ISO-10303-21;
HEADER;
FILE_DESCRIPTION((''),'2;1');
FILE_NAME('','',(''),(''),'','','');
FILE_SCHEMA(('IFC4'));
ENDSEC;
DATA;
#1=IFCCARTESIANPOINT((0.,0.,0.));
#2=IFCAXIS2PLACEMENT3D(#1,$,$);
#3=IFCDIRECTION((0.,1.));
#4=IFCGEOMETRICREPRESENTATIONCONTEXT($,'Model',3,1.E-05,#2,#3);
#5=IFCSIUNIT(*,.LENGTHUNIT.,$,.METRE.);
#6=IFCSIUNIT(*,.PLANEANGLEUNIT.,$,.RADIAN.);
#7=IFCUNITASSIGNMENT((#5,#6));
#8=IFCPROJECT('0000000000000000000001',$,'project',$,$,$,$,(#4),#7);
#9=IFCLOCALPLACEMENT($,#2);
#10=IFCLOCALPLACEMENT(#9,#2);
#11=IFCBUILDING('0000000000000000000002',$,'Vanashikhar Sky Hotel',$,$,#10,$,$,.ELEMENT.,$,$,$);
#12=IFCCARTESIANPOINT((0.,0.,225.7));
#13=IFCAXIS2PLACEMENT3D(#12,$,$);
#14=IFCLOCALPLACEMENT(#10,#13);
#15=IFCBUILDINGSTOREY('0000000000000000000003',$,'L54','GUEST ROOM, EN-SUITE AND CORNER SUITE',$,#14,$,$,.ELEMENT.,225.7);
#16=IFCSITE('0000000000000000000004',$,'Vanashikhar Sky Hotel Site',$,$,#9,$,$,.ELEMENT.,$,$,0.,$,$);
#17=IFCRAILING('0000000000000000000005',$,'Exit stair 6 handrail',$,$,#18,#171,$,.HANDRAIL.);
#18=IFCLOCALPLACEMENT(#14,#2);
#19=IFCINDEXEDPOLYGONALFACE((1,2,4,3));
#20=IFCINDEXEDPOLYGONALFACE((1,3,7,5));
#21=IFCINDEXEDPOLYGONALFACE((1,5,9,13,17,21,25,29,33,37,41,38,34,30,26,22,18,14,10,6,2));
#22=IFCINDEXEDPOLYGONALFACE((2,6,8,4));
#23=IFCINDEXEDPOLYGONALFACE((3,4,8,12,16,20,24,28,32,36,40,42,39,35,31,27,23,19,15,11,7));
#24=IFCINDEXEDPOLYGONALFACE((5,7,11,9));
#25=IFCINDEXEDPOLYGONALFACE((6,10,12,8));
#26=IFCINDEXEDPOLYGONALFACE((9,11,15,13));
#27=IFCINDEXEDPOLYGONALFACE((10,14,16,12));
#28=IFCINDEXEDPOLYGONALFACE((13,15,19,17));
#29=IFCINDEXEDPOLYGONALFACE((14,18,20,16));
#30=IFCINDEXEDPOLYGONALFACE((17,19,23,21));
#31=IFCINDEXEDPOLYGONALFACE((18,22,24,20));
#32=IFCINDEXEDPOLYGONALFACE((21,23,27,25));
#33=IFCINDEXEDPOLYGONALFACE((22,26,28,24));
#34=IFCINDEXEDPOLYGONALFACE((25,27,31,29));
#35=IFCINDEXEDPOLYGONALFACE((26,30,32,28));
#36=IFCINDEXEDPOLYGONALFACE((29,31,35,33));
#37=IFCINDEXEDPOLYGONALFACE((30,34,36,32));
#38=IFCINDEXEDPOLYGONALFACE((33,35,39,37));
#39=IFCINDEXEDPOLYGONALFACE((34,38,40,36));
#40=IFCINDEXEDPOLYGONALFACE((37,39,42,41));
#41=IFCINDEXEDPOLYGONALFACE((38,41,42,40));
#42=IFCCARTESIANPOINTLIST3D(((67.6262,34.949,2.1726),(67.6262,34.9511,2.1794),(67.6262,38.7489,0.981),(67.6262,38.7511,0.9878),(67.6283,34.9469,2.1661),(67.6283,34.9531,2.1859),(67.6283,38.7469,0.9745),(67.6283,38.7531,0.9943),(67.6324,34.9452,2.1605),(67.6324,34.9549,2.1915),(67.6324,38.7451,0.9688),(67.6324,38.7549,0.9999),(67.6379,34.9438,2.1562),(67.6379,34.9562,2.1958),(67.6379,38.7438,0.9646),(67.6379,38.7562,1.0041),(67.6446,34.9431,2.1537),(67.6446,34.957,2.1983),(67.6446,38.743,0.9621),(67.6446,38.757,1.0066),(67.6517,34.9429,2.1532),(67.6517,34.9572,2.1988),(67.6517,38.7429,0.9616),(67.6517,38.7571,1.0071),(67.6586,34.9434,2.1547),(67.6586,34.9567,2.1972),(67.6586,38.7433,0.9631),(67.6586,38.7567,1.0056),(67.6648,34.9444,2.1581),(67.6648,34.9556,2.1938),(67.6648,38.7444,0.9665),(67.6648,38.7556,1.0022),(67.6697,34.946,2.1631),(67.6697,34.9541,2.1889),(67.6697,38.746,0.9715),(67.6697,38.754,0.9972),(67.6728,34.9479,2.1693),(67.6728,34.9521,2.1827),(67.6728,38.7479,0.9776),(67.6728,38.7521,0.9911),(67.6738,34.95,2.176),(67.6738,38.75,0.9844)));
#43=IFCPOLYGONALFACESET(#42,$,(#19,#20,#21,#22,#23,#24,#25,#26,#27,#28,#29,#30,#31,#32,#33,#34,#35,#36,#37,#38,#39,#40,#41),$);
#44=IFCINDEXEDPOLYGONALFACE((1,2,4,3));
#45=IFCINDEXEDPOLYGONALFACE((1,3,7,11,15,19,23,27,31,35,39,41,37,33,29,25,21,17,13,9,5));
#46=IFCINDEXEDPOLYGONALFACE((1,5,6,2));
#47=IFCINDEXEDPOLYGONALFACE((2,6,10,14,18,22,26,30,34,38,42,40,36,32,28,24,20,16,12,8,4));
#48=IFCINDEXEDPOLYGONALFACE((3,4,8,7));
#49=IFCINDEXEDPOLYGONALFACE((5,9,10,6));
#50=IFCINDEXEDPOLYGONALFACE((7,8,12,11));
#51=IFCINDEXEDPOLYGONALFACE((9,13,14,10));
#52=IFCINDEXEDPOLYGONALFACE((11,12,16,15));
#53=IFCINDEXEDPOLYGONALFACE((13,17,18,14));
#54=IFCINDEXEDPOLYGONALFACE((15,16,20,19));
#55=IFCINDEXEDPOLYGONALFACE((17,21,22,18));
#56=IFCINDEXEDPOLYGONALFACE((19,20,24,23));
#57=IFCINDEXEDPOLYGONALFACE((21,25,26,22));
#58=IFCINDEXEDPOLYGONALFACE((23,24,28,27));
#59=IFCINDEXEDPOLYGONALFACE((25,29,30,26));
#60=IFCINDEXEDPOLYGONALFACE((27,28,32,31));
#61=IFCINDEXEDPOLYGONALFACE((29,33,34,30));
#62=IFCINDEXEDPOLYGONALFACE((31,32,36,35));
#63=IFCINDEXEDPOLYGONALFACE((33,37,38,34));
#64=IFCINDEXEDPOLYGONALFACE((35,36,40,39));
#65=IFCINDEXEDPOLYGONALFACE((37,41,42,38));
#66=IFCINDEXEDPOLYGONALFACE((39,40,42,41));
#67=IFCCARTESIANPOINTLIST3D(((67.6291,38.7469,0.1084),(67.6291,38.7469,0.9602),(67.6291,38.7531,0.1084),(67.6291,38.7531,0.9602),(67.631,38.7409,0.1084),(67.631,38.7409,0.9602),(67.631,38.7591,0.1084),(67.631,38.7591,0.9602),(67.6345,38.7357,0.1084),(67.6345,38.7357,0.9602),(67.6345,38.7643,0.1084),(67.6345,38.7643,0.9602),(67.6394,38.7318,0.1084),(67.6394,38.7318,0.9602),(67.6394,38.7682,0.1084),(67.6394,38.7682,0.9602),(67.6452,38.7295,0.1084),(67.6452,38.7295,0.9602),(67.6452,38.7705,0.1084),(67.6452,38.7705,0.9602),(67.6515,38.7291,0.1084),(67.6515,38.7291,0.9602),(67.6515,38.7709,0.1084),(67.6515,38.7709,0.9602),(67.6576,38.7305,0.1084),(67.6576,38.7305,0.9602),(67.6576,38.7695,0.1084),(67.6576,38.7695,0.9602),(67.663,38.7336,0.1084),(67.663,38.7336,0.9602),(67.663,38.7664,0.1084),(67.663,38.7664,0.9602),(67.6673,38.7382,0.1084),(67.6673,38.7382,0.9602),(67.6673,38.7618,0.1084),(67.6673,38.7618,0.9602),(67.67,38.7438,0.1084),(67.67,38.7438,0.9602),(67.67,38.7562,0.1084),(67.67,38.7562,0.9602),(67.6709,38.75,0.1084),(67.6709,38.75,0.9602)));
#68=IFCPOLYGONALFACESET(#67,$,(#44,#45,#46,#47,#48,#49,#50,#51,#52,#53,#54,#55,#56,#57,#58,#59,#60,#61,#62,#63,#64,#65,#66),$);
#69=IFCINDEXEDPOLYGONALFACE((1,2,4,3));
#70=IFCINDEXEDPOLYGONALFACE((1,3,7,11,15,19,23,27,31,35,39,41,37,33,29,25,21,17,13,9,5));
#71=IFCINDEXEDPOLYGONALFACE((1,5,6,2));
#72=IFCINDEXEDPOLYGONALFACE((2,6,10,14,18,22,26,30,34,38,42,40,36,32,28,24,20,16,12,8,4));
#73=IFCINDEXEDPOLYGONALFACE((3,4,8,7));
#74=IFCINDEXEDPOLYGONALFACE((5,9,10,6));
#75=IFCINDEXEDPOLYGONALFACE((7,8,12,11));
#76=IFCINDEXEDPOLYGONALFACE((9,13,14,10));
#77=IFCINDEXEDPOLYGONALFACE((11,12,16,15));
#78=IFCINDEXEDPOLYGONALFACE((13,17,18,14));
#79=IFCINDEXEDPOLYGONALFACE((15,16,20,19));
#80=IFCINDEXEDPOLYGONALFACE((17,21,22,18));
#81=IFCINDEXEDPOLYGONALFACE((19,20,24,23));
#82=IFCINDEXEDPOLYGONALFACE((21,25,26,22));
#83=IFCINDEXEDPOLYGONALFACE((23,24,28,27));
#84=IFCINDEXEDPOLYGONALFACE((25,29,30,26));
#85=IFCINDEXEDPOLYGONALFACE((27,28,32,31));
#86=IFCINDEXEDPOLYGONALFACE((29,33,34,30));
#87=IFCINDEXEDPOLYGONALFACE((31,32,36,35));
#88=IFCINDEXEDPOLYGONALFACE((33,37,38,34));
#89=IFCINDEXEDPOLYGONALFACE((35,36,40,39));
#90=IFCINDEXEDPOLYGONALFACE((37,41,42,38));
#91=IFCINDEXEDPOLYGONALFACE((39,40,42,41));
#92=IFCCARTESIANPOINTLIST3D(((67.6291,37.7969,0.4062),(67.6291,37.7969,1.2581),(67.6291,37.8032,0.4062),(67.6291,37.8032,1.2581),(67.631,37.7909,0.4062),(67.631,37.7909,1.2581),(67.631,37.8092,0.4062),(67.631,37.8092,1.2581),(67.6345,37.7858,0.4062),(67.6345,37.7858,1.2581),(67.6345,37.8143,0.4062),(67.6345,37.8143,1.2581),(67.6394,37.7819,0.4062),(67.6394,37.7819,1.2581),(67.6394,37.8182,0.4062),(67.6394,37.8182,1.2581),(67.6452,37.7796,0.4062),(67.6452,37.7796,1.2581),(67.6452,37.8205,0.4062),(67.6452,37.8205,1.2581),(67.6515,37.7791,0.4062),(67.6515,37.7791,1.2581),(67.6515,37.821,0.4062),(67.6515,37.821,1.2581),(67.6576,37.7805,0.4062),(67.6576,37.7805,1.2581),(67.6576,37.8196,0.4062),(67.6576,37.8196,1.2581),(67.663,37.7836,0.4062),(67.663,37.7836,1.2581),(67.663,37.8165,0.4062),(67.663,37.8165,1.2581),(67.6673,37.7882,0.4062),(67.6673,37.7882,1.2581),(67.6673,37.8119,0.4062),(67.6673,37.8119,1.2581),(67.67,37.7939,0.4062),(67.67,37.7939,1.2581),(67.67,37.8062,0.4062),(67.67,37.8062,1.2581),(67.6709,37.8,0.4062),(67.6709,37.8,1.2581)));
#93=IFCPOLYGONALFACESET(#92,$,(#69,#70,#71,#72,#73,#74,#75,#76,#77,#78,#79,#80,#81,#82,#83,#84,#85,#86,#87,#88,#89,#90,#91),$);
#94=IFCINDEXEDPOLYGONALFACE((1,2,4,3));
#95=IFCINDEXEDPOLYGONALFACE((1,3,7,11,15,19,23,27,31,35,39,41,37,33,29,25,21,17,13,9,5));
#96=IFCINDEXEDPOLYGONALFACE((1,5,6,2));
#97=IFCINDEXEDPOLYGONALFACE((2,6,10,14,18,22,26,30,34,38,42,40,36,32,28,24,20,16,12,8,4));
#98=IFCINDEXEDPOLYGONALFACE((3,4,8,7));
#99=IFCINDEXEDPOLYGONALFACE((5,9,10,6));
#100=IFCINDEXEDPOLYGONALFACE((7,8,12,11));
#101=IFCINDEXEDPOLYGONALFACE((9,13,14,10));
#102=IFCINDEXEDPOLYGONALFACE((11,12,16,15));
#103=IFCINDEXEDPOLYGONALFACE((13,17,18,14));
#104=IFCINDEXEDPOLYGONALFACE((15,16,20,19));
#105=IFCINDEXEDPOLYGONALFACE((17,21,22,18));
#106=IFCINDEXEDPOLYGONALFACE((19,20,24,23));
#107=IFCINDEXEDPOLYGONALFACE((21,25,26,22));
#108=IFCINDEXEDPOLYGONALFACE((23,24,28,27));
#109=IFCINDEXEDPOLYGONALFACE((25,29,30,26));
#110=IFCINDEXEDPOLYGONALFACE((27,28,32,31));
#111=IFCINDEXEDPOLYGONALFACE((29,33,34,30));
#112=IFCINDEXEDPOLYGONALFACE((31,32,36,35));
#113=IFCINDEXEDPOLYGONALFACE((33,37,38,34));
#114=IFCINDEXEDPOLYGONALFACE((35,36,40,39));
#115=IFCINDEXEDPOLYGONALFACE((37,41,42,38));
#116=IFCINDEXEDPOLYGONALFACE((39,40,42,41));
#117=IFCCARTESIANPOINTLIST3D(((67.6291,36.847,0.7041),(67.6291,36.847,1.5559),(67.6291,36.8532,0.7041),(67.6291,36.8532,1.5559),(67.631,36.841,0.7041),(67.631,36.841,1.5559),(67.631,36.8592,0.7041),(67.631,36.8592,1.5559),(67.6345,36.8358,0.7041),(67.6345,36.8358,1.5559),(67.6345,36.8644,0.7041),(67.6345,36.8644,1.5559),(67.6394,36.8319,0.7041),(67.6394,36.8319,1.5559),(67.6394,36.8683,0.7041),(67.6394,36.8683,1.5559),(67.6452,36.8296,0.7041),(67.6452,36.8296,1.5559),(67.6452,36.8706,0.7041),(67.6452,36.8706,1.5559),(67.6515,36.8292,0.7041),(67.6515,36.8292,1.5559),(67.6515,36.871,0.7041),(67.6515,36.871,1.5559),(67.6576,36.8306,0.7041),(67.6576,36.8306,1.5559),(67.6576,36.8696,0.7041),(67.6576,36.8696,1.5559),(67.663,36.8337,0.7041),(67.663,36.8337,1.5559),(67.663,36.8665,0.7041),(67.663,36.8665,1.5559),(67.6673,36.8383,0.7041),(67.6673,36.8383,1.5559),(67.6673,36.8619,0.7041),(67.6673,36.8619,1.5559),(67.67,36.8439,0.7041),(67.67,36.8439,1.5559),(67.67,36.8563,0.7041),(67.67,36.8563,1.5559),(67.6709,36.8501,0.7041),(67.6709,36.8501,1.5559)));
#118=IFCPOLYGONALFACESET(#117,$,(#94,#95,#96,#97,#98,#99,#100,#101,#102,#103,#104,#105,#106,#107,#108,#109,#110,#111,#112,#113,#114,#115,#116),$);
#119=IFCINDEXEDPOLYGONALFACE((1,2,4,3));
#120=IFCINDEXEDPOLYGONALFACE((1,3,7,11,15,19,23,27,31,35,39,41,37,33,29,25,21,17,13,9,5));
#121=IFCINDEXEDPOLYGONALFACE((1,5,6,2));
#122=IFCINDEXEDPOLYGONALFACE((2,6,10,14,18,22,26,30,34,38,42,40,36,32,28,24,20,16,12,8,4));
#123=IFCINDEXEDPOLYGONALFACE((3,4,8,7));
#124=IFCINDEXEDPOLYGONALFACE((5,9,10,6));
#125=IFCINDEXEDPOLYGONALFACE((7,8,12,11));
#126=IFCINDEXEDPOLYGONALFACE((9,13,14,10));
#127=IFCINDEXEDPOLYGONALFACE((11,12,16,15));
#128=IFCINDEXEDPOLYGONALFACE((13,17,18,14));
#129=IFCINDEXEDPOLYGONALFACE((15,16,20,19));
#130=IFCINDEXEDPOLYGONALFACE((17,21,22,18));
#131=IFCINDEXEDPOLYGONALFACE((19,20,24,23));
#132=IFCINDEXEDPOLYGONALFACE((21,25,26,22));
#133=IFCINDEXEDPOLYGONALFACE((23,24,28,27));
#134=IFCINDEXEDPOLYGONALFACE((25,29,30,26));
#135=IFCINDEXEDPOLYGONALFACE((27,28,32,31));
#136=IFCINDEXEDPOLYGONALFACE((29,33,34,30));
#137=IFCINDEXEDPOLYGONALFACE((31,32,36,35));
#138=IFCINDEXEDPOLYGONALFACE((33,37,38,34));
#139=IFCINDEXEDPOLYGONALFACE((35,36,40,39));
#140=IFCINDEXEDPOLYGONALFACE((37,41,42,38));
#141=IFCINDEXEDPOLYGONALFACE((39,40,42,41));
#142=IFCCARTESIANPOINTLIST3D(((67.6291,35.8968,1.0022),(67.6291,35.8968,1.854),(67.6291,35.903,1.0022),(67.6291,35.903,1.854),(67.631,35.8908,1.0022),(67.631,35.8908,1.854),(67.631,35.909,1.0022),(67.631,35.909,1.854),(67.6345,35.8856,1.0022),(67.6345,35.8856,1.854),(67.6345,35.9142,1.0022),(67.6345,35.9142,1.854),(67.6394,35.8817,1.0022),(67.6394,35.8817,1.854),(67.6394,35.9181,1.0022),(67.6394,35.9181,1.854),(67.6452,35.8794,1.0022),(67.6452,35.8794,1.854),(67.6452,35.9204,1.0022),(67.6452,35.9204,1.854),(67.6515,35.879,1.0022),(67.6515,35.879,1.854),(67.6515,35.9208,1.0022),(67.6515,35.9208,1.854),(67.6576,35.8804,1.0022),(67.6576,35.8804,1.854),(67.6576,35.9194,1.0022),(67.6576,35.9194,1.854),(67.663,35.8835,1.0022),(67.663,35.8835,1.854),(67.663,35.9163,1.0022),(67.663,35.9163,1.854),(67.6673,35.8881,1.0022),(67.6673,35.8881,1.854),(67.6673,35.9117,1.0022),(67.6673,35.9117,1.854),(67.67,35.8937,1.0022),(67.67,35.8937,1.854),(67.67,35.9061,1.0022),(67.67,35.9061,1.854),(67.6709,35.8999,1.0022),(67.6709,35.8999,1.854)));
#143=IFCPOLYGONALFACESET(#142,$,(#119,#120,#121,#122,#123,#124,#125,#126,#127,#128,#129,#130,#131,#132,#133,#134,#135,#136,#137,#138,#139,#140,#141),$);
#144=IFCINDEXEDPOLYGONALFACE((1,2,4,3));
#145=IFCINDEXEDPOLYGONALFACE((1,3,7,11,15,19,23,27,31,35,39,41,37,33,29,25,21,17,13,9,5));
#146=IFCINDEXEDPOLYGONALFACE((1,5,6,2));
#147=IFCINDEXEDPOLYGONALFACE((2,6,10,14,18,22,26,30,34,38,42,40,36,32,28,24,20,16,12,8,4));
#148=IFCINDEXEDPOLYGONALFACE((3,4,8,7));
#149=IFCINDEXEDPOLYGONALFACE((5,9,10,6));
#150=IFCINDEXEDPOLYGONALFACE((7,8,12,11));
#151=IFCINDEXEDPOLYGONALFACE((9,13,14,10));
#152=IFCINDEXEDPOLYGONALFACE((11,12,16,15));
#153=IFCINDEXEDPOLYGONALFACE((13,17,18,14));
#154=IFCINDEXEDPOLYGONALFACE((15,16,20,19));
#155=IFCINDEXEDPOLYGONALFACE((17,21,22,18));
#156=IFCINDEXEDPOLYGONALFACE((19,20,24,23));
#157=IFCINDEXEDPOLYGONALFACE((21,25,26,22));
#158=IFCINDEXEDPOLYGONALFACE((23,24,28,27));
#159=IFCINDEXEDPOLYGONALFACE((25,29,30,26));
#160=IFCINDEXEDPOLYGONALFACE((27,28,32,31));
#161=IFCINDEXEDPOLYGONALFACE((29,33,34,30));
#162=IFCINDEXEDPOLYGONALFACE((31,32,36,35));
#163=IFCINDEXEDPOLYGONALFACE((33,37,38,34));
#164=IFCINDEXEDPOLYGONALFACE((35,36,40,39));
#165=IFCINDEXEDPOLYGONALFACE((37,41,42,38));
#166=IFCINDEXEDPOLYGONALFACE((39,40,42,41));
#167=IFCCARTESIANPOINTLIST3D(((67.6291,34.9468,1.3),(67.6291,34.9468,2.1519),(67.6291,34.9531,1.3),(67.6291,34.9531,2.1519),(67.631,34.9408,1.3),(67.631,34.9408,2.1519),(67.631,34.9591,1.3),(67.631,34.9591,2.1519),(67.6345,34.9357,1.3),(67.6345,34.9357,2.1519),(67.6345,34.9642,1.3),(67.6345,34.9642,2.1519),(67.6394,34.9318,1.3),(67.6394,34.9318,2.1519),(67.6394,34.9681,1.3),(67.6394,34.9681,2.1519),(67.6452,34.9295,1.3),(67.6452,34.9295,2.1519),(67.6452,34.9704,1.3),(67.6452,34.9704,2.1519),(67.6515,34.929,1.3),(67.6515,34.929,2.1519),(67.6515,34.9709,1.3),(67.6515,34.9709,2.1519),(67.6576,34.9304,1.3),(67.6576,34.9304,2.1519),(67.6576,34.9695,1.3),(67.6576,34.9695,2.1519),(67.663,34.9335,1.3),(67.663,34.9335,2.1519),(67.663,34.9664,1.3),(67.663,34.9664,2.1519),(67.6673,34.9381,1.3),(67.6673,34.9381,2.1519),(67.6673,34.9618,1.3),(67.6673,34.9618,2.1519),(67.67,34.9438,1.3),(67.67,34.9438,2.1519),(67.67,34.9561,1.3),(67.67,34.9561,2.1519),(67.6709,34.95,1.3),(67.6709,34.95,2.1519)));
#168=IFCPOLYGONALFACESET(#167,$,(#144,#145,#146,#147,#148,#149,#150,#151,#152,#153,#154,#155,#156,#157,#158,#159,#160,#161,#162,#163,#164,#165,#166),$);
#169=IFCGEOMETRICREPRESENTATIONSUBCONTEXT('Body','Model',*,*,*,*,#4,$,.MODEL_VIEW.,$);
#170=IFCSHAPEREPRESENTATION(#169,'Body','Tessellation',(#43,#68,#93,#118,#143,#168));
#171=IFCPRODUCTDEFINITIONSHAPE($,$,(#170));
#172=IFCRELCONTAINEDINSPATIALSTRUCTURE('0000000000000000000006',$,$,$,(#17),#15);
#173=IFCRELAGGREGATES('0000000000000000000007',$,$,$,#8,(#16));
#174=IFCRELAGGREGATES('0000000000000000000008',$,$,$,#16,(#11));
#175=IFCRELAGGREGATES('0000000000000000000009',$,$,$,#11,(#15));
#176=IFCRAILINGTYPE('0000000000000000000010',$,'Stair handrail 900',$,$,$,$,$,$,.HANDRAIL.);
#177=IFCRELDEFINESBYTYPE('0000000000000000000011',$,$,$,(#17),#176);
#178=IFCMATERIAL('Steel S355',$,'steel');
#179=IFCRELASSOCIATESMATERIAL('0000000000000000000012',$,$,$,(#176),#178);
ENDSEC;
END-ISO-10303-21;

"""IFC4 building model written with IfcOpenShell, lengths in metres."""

from ifc_helpers import new_model, si_unit, direction, frame, origin, origin_2d, place, context, subcontext, project, spatial, circle, extrude, source, transform, mapped, material, type_object, element, save


model = new_model("IFC4")

# Units and contexts
model_context = context("Model", 3, precision=1e-05, world=origin(), true_north=direction((0.0, 1.0)))
body_context = subcontext(model_context, "Body", "Model", "MODEL_VIEW")
ifc_project = project(units=[si_unit("LENGTHUNIT", "METRE"), si_unit("PLANEANGLEUNIT", "RADIAN")], contexts=[model_context])

# Site, building, storey
site_placement = place(None, origin())
site = spatial("IfcSite", under=ifc_project, at=site_placement, Name="Vanashikhar Sky Hotel Site", CompositionType="ELEMENT", RefElevation=0.0)
building_placement = place(site_placement, origin())
building = spatial("IfcBuilding", under=site, at=building_placement, Name="Vanashikhar Sky Hotel", CompositionType="ELEMENT")
storey_placement = place(building_placement, frame((0.0, 0.0, 225.7)))
storey = spatial("IfcBuildingStorey", under=building, at=storey_placement, Name="L54", Description="GUEST ROOM, EN-SUITE AND CORNER SUITE", CompositionType="ELEMENT", Elevation=225.7)

# Railing
ifc_material_1 = material(Name="Steel S355", Category="steel")
railing_type_1 = type_object("IfcRailingType", Name="Stair handrail 900", PredefinedType="HANDRAIL", material=ifc_material_1)
shared_shape_1 = source(origin(), body_context, "Body", "SweptSolid", [
    extrude(circle(Radius=0.0239, at=origin_2d()), frame((0.0, 0.0, 0.876), z_axis=(0.0, -0.954184, 0.299221), x_axis=(1.0, 0.0, 0.0)), (0.0, 0.0, 1.0), 3.9824),
    extrude(circle(Radius=0.021, at=origin_2d()), origin(), (0.0, 0.0, 1.0), 0.8518),
    extrude(circle(Radius=0.021, at=origin_2d()), frame((0.0, -0.95, 0.2979)), (0.0, 0.0, 1.0), 0.8518),
    extrude(circle(Radius=0.021, at=origin_2d()), frame((0.0, -1.8999, 0.5957)), (0.0, 0.0, 1.0), 0.8518),
    extrude(circle(Radius=0.021, at=origin_2d()), frame((0.0, -2.8501, 0.8938)), (0.0, 0.0, 1.0), 0.8518),
    extrude(circle(Radius=0.021, at=origin_2d()), frame((0.0, -3.8, 1.1917)), (0.0, 0.0, 1.0), 0.8518),
])
for number, where, name in (
    (1, (67.6499, 38.75, 0.1084), "Exit stair 6 handrail"),
):
    element("IfcRailing", number, at=place(storey_placement, frame(where)), inside=storey, type_object=railing_type_1, Name=name, PredefinedType="HANDRAIL", context=body_context, shape_type="MappedRepresentation", body=[
        mapped(shared_shape_1, transform((0.0, 0.0, 0.0), scale=1.0)),
    ])

save(model, "model.ifc")
